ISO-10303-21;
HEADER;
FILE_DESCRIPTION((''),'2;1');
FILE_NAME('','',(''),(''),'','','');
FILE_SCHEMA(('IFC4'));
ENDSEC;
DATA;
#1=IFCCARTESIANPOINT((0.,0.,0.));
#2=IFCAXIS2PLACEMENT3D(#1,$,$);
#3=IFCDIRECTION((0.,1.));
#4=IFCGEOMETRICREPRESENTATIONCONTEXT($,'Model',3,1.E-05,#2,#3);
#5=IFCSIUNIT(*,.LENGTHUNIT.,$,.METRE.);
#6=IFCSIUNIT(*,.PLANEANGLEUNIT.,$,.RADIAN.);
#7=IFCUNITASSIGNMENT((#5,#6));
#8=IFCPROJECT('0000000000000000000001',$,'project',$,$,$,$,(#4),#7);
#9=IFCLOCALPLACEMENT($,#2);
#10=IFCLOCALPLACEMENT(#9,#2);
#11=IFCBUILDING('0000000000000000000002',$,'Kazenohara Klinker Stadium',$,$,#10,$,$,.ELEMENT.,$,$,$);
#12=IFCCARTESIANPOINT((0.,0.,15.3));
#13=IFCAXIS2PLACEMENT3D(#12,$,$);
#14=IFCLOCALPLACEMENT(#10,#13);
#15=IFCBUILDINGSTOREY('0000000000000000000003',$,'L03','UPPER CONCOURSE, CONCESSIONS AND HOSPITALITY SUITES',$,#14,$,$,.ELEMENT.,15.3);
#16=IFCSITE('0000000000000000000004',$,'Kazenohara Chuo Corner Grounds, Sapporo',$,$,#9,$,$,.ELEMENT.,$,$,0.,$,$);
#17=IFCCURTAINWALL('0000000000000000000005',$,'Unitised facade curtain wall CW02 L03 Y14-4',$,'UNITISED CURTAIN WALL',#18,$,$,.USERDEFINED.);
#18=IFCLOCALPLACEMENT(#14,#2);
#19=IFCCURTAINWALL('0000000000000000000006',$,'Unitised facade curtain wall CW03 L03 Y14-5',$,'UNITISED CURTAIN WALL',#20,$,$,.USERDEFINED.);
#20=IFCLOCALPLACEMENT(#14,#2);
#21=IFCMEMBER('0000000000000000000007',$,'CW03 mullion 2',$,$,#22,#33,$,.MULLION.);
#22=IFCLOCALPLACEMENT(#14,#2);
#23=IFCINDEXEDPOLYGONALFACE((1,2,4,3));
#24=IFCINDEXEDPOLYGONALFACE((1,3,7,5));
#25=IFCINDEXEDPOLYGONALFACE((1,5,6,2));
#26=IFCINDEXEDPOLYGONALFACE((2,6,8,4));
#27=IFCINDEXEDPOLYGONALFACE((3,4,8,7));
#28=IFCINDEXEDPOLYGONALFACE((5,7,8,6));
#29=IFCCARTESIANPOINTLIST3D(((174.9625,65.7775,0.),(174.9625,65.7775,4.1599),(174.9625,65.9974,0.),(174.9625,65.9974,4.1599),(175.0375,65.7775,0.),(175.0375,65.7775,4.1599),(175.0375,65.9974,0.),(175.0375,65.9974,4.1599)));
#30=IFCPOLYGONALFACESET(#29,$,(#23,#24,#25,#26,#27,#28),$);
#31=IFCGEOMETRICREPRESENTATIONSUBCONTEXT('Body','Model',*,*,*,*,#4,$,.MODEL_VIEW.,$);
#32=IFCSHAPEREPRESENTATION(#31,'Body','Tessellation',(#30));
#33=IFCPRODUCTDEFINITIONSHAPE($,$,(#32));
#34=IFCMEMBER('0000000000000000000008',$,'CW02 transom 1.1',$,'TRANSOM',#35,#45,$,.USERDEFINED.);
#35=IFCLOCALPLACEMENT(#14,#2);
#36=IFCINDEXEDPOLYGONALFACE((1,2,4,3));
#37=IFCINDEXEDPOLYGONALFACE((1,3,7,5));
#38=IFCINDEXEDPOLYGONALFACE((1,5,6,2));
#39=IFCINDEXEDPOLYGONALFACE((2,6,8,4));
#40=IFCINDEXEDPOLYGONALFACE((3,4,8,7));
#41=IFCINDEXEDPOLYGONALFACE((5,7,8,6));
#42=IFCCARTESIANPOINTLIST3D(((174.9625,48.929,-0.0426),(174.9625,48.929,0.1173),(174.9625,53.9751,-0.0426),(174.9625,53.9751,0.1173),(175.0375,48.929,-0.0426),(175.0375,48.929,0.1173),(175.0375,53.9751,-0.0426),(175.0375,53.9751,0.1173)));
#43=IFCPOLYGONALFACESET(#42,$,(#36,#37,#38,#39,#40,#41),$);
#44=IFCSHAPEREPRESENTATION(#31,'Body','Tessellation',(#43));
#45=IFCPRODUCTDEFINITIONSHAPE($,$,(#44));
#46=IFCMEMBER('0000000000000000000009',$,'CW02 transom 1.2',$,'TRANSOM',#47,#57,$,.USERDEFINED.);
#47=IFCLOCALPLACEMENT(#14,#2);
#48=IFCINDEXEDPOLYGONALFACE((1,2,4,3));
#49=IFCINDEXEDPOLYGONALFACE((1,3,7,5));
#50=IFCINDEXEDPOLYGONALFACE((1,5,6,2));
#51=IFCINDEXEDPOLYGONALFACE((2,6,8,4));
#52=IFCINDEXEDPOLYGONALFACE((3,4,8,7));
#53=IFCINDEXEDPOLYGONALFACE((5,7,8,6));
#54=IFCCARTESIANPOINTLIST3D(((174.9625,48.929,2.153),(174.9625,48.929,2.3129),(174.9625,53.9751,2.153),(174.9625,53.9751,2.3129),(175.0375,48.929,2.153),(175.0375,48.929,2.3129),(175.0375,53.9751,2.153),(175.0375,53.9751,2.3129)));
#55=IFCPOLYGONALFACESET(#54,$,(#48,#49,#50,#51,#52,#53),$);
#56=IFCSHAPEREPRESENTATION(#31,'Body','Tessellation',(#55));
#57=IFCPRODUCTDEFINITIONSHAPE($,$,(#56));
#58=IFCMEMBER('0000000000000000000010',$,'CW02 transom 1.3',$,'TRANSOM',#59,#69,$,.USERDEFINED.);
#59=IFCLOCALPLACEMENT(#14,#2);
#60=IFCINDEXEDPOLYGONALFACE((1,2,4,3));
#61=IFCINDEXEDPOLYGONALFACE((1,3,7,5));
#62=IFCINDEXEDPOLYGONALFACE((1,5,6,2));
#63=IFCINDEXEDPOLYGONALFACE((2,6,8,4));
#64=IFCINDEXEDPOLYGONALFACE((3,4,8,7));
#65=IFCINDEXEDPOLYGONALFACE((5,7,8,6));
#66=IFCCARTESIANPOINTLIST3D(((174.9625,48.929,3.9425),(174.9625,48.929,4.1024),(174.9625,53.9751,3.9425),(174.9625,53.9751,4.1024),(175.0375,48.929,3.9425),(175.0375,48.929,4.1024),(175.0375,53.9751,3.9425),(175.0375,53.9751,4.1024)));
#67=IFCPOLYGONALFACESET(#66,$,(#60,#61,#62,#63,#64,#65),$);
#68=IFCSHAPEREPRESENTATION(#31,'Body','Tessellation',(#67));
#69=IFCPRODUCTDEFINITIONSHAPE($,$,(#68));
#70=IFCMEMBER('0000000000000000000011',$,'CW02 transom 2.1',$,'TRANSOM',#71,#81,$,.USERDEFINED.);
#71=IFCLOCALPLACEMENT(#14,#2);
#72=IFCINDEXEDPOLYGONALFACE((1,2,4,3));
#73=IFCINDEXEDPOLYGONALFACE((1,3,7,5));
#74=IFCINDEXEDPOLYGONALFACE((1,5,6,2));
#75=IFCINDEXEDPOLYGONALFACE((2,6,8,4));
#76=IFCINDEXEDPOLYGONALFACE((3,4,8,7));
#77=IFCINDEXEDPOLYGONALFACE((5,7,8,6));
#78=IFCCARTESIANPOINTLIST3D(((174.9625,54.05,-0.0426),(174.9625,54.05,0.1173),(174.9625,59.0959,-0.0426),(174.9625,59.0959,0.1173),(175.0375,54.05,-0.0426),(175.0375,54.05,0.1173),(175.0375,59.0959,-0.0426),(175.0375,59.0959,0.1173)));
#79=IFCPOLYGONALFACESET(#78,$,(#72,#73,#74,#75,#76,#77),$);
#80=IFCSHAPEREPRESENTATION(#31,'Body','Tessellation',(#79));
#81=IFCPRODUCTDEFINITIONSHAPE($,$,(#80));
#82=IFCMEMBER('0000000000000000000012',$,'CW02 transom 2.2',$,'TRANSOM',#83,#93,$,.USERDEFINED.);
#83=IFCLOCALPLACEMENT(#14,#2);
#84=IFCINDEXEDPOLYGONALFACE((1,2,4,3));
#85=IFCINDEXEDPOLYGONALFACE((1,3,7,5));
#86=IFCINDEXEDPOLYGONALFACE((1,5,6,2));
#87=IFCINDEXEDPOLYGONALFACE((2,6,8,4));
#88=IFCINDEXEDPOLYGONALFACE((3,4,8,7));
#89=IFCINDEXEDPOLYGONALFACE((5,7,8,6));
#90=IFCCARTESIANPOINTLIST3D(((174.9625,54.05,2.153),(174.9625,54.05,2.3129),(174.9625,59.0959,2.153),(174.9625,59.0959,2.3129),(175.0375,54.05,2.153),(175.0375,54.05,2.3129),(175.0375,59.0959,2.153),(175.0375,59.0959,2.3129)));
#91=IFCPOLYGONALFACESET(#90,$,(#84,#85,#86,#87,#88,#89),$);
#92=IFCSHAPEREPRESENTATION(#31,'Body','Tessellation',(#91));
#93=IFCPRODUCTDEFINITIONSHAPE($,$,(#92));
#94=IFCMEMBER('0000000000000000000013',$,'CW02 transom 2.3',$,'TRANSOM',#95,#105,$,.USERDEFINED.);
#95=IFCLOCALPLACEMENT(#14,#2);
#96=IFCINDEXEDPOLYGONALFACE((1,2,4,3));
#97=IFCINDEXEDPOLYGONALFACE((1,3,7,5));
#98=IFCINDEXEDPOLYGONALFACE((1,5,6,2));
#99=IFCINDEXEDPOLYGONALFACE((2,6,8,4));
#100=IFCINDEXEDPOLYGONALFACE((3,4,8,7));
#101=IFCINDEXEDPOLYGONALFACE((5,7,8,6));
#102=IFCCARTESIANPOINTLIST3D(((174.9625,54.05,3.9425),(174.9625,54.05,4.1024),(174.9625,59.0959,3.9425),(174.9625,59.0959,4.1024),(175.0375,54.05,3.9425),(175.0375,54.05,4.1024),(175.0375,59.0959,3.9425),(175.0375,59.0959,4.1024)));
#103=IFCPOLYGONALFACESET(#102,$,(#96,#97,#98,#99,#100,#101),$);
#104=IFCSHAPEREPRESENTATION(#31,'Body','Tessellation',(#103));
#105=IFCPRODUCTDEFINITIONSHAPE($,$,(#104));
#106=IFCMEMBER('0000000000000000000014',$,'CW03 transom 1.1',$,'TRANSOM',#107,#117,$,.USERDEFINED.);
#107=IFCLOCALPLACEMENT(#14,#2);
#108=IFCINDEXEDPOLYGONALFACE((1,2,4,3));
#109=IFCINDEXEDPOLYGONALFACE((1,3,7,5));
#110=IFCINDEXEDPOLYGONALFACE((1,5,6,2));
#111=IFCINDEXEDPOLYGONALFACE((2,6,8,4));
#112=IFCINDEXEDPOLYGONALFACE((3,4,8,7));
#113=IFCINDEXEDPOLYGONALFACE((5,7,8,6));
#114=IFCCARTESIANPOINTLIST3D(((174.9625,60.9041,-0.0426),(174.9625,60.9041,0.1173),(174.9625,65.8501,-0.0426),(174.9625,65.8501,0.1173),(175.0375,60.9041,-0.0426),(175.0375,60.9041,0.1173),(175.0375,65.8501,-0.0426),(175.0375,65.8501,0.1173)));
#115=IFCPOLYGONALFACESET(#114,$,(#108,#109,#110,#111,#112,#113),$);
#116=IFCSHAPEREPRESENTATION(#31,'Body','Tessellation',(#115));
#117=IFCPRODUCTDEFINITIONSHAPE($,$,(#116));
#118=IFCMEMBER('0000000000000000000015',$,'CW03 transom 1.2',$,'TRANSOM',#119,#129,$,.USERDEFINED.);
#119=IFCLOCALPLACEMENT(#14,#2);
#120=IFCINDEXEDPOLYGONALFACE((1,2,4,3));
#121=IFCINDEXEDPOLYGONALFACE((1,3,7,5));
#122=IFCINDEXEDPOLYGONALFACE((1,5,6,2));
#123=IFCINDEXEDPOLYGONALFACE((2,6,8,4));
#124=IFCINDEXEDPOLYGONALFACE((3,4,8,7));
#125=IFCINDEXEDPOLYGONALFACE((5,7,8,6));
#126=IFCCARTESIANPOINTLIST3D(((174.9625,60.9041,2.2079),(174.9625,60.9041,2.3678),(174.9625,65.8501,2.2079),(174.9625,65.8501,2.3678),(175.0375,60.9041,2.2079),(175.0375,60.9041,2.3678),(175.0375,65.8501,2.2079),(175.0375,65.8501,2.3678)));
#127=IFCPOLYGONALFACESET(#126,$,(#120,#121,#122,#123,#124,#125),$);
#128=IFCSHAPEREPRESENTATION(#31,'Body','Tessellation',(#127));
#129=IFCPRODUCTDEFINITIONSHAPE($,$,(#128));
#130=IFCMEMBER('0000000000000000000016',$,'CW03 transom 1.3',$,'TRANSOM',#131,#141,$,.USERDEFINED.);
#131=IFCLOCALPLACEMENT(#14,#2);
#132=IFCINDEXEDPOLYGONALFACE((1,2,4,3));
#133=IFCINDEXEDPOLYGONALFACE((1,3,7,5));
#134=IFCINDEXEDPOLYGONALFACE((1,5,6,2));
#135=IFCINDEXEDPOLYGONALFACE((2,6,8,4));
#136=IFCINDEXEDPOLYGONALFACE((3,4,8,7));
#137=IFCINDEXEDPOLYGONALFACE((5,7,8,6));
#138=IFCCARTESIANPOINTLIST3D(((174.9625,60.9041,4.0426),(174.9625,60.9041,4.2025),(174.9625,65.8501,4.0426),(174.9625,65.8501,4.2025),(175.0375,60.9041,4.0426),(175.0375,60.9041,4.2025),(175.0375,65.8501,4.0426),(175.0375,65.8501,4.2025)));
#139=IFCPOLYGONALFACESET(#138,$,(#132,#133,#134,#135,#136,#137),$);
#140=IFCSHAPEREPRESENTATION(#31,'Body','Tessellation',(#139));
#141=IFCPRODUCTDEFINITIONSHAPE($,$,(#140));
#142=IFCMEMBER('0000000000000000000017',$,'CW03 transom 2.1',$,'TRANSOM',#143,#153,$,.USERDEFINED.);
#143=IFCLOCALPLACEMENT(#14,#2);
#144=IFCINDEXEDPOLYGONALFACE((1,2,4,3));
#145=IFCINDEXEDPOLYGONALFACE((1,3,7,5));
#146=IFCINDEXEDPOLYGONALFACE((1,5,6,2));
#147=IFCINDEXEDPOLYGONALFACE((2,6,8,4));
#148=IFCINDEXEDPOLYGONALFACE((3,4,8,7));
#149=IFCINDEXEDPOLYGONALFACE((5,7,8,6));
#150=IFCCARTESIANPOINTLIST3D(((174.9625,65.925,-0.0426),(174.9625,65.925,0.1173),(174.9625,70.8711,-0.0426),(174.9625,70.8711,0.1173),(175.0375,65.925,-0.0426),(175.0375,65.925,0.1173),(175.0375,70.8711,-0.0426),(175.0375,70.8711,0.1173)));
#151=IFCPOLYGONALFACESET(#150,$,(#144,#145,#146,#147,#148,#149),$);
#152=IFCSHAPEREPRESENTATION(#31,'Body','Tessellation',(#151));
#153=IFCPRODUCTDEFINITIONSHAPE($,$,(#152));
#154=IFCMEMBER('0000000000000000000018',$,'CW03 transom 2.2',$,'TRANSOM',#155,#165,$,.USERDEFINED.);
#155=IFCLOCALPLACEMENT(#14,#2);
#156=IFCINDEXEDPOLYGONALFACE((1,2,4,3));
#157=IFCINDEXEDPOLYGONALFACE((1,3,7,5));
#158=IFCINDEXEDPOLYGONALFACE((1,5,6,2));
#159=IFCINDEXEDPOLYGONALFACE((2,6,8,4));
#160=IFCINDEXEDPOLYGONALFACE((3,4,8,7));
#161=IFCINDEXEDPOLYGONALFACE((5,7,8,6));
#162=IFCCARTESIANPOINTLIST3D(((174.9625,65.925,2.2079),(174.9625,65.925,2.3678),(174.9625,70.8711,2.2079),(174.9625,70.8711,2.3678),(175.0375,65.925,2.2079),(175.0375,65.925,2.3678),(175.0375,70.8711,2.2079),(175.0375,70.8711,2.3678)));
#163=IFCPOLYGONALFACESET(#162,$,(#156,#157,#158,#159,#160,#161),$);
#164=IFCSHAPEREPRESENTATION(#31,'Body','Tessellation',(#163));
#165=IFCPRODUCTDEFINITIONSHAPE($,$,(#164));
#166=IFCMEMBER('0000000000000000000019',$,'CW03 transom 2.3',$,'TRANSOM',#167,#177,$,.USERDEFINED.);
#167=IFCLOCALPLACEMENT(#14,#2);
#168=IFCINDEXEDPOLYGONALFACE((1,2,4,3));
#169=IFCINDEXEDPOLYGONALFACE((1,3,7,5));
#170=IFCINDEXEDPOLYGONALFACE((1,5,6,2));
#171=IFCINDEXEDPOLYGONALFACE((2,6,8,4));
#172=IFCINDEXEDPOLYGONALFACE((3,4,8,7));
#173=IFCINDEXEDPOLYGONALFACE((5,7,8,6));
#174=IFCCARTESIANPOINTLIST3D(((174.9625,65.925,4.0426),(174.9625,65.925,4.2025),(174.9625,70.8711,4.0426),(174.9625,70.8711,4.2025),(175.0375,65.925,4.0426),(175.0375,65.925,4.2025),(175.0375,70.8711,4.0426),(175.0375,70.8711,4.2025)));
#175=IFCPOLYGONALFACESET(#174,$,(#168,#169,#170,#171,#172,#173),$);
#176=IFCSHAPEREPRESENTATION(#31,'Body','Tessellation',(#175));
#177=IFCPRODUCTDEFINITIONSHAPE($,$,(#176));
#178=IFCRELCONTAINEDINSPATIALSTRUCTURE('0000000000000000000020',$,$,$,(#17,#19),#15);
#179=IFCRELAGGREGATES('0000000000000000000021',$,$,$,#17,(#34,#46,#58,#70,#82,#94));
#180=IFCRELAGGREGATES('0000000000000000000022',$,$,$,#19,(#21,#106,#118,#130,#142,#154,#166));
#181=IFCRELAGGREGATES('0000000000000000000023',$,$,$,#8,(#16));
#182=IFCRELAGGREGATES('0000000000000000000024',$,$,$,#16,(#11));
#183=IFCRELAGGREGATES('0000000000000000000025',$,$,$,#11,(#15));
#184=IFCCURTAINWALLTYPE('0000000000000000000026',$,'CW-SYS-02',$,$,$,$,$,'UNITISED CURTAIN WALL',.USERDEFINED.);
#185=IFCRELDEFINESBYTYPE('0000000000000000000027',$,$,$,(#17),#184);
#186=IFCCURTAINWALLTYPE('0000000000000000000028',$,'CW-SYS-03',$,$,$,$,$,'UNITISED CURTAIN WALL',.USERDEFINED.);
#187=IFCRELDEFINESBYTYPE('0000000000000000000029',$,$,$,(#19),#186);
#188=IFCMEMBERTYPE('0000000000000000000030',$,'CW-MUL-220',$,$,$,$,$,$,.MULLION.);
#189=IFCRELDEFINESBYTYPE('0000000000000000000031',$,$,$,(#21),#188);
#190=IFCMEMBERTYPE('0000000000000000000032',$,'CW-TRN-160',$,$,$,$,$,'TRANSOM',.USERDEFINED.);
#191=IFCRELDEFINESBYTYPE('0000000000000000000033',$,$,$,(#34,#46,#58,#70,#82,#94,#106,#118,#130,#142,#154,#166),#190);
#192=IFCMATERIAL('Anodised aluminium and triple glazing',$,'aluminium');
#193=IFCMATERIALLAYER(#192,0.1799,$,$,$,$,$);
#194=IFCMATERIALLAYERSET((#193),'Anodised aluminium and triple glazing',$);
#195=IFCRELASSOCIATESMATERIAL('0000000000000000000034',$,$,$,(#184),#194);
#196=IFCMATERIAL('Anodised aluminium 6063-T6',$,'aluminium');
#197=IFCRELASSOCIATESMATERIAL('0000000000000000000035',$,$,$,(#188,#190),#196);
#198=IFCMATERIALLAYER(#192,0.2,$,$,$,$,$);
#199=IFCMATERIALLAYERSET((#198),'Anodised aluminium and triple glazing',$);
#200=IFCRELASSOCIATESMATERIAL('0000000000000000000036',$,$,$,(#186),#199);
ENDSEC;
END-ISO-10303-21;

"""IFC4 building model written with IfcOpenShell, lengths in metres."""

from ifc_helpers import new_model, si_unit, direction, frame, origin, origin_2d, place, context, subcontext, project, spatial, rectangle, extrude, material, layer, layer_set, material_profile, profile_set, type_object, element, aggregate, save


model = new_model("IFC4")

# Units and contexts
model_context = context("Model", 3, precision=1e-05, world=origin(), true_north=direction((0.0, 1.0)))
body_context = subcontext(model_context, "Body", "Model", "MODEL_VIEW")
ifc_project = project(units=[si_unit("LENGTHUNIT", "METRE"), si_unit("PLANEANGLEUNIT", "RADIAN")], contexts=[model_context])

# Site, building, storey
site_placement = place(None, origin())
site = spatial("IfcSite", under=ifc_project, at=site_placement, Name="Kazenohara Chuo Corner Grounds, Sapporo", CompositionType="ELEMENT", RefElevation=0.0)
building_placement = place(site_placement, origin())
building = spatial("IfcBuilding", under=site, at=building_placement, Name="Kazenohara Klinker Stadium", CompositionType="ELEMENT")
storey_placement = place(building_placement, frame((0.0, 0.0, 15.3)))
storey = spatial("IfcBuildingStorey", under=building, at=storey_placement, Name="L03", Description="UPPER CONCOURSE, CONCESSIONS AND HOSPITALITY SUITES", CompositionType="ELEMENT", Elevation=15.3)

# Curtain walls, member
ifc_material_1 = material(Name="Anodised aluminium and triple glazing", Category="aluminium")
ifc_layer_1 = layer(ifc_material_1, 0.1799)
ifc_layer_set_1 = layer_set([ifc_layer_1], Name="Anodised aluminium and triple glazing")
curtain_wall_type_1 = type_object("IfcCurtainWallType", Name="CW-SYS-02", ElementType="UNITISED CURTAIN WALL", PredefinedType="USERDEFINED", material=ifc_layer_set_1)
curtain_wall_1_placement = place(storey_placement, origin())
curtain_wall_1 = element("IfcCurtainWall", 1, at=curtain_wall_1_placement, inside=storey, type_object=curtain_wall_type_1, Name="Unitised facade curtain wall CW02 L03 Y14-4", ObjectType="UNITISED CURTAIN WALL", PredefinedType="USERDEFINED")
ifc_material_2 = material(Name="Anodised aluminium 6063-T6", Category="aluminium")
ifc_material_profile_1 = material_profile(ifc_material_2, rectangle(XDim=0.075, YDim=0.22, at=origin_2d()), Name="ALU-MUL-75x220")
ifc_profile_set_1 = profile_set([ifc_material_profile_1], Name="Anodised aluminium 6063-T6")
member_type_1 = type_object("IfcMemberType", Name="CW-MUL-220", PredefinedType="MULLION", material=ifc_profile_set_1)
ifc_layer_2 = layer(ifc_material_1, 0.2)
ifc_layer_set_2 = layer_set([ifc_layer_2], Name="Anodised aluminium and triple glazing")
curtain_wall_type_2 = type_object("IfcCurtainWallType", Name="CW-SYS-03", ElementType="UNITISED CURTAIN WALL", PredefinedType="USERDEFINED", material=ifc_layer_set_2)
curtain_wall_2_placement = place(storey_placement, origin())
curtain_wall_2 = element("IfcCurtainWall", 2, at=curtain_wall_2_placement, inside=storey, type_object=curtain_wall_type_2, Name="Unitised facade curtain wall CW03 L03 Y14-5", ObjectType="UNITISED CURTAIN WALL", PredefinedType="USERDEFINED")
member_1_placement = place(storey_placement, frame((175.0, 65.8875, 0.0), z_axis=(0.0, 0.0, 1.0), x_axis=(-1.0, 0.0, 0.0)))
member_1 = element("IfcMember", 3, at=member_1_placement, type_object=member_type_1, Name="CW03 mullion 2", PredefinedType="MULLION", context=body_context, shape_type="SweptSolid", body=[
    extrude(rectangle(XDim=0.075, YDim=0.22, at=origin_2d()), origin(), (0.0, 0.0, 1.0), 4.1599),
])

# Members
ifc_material_profile_2 = material_profile(ifc_material_2, rectangle(XDim=0.075, YDim=0.1599, at=origin_2d()), Name="ALU-TRN-75x160")
ifc_profile_set_2 = profile_set([ifc_material_profile_2], Name="Anodised aluminium 6063-T6")
member_type_2 = type_object("IfcMemberType", Name="CW-TRN-160", ElementType="TRANSOM", PredefinedType="USERDEFINED", material=ifc_profile_set_2)
member_2_placement = place(storey_placement, frame((175.0, 48.929, 0.0374), z_axis=(0.0, 1.0, 0.0), x_axis=(-1.0, 0.0, 0.0)))
member_2 = element("IfcMember", 4, at=member_2_placement, type_object=member_type_2, Name="CW02 transom 1.1", ObjectType="TRANSOM", PredefinedType="USERDEFINED", context=body_context, shape_type="SweptSolid", body=[
    extrude(rectangle(XDim=0.075, YDim=0.1599, at=origin_2d()), origin(), (0.0, 0.0, 1.0), 5.0461),
])
member_3_placement = place(storey_placement, frame((175.0, 48.929, 2.2329), z_axis=(0.0, 1.0, 0.0), x_axis=(-1.0, 0.0, 0.0)))
member_3 = element("IfcMember", 5, at=member_3_placement, type_object=member_type_2, Name="CW02 transom 1.2", ObjectType="TRANSOM", PredefinedType="USERDEFINED", context=body_context, shape_type="SweptSolid", body=[
    extrude(rectangle(XDim=0.075, YDim=0.1599, at=origin_2d()), origin(), (0.0, 0.0, 1.0), 5.0461),
])
member_4_placement = place(storey_placement, frame((175.0, 48.929, 4.0225), z_axis=(0.0, 1.0, 0.0), x_axis=(-1.0, 0.0, 0.0)))
member_4 = element("IfcMember", 6, at=member_4_placement, type_object=member_type_2, Name="CW02 transom 1.3", ObjectType="TRANSOM", PredefinedType="USERDEFINED", context=body_context, shape_type="SweptSolid", body=[
    extrude(rectangle(XDim=0.075, YDim=0.1599, at=origin_2d()), origin(), (0.0, 0.0, 1.0), 5.0461),
])
member_5_placement = place(storey_placement, frame((175.0, 54.05, 0.0374), z_axis=(0.0, 1.0, 0.0), x_axis=(-1.0, 0.0, 0.0)))
member_5 = element("IfcMember", 7, at=member_5_placement, type_object=member_type_2, Name="CW02 transom 2.1", ObjectType="TRANSOM", PredefinedType="USERDEFINED", context=body_context, shape_type="SweptSolid", body=[
    extrude(rectangle(XDim=0.075, YDim=0.1599, at=origin_2d()), origin(), (0.0, 0.0, 1.0), 5.0459),
])
member_6_placement = place(storey_placement, frame((175.0, 54.05, 2.2329), z_axis=(0.0, 1.0, 0.0), x_axis=(-1.0, 0.0, 0.0)))
member_6 = element("IfcMember", 8, at=member_6_placement, type_object=member_type_2, Name="CW02 transom 2.2", ObjectType="TRANSOM", PredefinedType="USERDEFINED", context=body_context, shape_type="SweptSolid", body=[
    extrude(rectangle(XDim=0.075, YDim=0.1599, at=origin_2d()), origin(), (0.0, 0.0, 1.0), 5.0459),
])
member_7_placement = place(storey_placement, frame((175.0, 54.05, 4.0225), z_axis=(0.0, 1.0, 0.0), x_axis=(-1.0, 0.0, 0.0)))
member_7 = element("IfcMember", 9, at=member_7_placement, type_object=member_type_2, Name="CW02 transom 2.3", ObjectType="TRANSOM", PredefinedType="USERDEFINED", context=body_context, shape_type="SweptSolid", body=[
    extrude(rectangle(XDim=0.075, YDim=0.1599, at=origin_2d()), origin(), (0.0, 0.0, 1.0), 5.0459),
])
member_8_placement = place(storey_placement, frame((175.0, 60.9041, 0.0374), z_axis=(0.0, 1.0, 0.0), x_axis=(-1.0, 0.0, 0.0)))
member_8 = element("IfcMember", 10, at=member_8_placement, type_object=member_type_2, Name="CW03 transom 1.1", ObjectType="TRANSOM", PredefinedType="USERDEFINED", context=body_context, shape_type="SweptSolid", body=[
    extrude(rectangle(XDim=0.075, YDim=0.1599, at=origin_2d()), origin(), (0.0, 0.0, 1.0), 4.946),
])
member_9_placement = place(storey_placement, frame((175.0, 60.9041, 2.2878), z_axis=(0.0, 1.0, 0.0), x_axis=(-1.0, 0.0, 0.0)))
member_9 = element("IfcMember", 11, at=member_9_placement, type_object=member_type_2, Name="CW03 transom 1.2", ObjectType="TRANSOM", PredefinedType="USERDEFINED", context=body_context, shape_type="SweptSolid", body=[
    extrude(rectangle(XDim=0.075, YDim=0.1599, at=origin_2d()), origin(), (0.0, 0.0, 1.0), 4.946),
])
member_10_placement = place(storey_placement, frame((175.0, 60.9041, 4.1226), z_axis=(0.0, 1.0, 0.0), x_axis=(-1.0, 0.0, 0.0)))
member_10 = element("IfcMember", 12, at=member_10_placement, type_object=member_type_2, Name="CW03 transom 1.3", ObjectType="TRANSOM", PredefinedType="USERDEFINED", context=body_context, shape_type="SweptSolid", body=[
    extrude(rectangle(XDim=0.075, YDim=0.1599, at=origin_2d()), origin(), (0.0, 0.0, 1.0), 4.946),
])
member_11_placement = place(storey_placement, frame((175.0, 65.925, 0.0374), z_axis=(0.0, 1.0, 0.0), x_axis=(-1.0, 0.0, 0.0)))
member_11 = element("IfcMember", 13, at=member_11_placement, type_object=member_type_2, Name="CW03 transom 2.1", ObjectType="TRANSOM", PredefinedType="USERDEFINED", context=body_context, shape_type="SweptSolid", body=[
    extrude(rectangle(XDim=0.075, YDim=0.1599, at=origin_2d()), origin(), (0.0, 0.0, 1.0), 4.946),
])
member_12_placement = place(storey_placement, frame((175.0, 65.925, 2.2878), z_axis=(0.0, 1.0, 0.0), x_axis=(-1.0, 0.0, 0.0)))
member_12 = element("IfcMember", 14, at=member_12_placement, type_object=member_type_2, Name="CW03 transom 2.2", ObjectType="TRANSOM", PredefinedType="USERDEFINED", context=body_context, shape_type="SweptSolid", body=[
    extrude(rectangle(XDim=0.075, YDim=0.1599, at=origin_2d()), origin(), (0.0, 0.0, 1.0), 4.946),
])
member_13_placement = place(storey_placement, frame((175.0, 65.925, 4.1226), z_axis=(0.0, 1.0, 0.0), x_axis=(-1.0, 0.0, 0.0)))
member_13 = element("IfcMember", 15, at=member_13_placement, type_object=member_type_2, Name="CW03 transom 2.3", ObjectType="TRANSOM", PredefinedType="USERDEFINED", context=body_context, shape_type="SweptSolid", body=[
    extrude(rectangle(XDim=0.075, YDim=0.1599, at=origin_2d()), origin(), (0.0, 0.0, 1.0), 4.946),
])

aggregate(curtain_wall_1, [member_2, member_3, member_4, member_5, member_6, member_7])
aggregate(curtain_wall_2, [member_1, member_8, member_9, member_10, member_11, member_12, member_13])

save(model, "model.ifc")
